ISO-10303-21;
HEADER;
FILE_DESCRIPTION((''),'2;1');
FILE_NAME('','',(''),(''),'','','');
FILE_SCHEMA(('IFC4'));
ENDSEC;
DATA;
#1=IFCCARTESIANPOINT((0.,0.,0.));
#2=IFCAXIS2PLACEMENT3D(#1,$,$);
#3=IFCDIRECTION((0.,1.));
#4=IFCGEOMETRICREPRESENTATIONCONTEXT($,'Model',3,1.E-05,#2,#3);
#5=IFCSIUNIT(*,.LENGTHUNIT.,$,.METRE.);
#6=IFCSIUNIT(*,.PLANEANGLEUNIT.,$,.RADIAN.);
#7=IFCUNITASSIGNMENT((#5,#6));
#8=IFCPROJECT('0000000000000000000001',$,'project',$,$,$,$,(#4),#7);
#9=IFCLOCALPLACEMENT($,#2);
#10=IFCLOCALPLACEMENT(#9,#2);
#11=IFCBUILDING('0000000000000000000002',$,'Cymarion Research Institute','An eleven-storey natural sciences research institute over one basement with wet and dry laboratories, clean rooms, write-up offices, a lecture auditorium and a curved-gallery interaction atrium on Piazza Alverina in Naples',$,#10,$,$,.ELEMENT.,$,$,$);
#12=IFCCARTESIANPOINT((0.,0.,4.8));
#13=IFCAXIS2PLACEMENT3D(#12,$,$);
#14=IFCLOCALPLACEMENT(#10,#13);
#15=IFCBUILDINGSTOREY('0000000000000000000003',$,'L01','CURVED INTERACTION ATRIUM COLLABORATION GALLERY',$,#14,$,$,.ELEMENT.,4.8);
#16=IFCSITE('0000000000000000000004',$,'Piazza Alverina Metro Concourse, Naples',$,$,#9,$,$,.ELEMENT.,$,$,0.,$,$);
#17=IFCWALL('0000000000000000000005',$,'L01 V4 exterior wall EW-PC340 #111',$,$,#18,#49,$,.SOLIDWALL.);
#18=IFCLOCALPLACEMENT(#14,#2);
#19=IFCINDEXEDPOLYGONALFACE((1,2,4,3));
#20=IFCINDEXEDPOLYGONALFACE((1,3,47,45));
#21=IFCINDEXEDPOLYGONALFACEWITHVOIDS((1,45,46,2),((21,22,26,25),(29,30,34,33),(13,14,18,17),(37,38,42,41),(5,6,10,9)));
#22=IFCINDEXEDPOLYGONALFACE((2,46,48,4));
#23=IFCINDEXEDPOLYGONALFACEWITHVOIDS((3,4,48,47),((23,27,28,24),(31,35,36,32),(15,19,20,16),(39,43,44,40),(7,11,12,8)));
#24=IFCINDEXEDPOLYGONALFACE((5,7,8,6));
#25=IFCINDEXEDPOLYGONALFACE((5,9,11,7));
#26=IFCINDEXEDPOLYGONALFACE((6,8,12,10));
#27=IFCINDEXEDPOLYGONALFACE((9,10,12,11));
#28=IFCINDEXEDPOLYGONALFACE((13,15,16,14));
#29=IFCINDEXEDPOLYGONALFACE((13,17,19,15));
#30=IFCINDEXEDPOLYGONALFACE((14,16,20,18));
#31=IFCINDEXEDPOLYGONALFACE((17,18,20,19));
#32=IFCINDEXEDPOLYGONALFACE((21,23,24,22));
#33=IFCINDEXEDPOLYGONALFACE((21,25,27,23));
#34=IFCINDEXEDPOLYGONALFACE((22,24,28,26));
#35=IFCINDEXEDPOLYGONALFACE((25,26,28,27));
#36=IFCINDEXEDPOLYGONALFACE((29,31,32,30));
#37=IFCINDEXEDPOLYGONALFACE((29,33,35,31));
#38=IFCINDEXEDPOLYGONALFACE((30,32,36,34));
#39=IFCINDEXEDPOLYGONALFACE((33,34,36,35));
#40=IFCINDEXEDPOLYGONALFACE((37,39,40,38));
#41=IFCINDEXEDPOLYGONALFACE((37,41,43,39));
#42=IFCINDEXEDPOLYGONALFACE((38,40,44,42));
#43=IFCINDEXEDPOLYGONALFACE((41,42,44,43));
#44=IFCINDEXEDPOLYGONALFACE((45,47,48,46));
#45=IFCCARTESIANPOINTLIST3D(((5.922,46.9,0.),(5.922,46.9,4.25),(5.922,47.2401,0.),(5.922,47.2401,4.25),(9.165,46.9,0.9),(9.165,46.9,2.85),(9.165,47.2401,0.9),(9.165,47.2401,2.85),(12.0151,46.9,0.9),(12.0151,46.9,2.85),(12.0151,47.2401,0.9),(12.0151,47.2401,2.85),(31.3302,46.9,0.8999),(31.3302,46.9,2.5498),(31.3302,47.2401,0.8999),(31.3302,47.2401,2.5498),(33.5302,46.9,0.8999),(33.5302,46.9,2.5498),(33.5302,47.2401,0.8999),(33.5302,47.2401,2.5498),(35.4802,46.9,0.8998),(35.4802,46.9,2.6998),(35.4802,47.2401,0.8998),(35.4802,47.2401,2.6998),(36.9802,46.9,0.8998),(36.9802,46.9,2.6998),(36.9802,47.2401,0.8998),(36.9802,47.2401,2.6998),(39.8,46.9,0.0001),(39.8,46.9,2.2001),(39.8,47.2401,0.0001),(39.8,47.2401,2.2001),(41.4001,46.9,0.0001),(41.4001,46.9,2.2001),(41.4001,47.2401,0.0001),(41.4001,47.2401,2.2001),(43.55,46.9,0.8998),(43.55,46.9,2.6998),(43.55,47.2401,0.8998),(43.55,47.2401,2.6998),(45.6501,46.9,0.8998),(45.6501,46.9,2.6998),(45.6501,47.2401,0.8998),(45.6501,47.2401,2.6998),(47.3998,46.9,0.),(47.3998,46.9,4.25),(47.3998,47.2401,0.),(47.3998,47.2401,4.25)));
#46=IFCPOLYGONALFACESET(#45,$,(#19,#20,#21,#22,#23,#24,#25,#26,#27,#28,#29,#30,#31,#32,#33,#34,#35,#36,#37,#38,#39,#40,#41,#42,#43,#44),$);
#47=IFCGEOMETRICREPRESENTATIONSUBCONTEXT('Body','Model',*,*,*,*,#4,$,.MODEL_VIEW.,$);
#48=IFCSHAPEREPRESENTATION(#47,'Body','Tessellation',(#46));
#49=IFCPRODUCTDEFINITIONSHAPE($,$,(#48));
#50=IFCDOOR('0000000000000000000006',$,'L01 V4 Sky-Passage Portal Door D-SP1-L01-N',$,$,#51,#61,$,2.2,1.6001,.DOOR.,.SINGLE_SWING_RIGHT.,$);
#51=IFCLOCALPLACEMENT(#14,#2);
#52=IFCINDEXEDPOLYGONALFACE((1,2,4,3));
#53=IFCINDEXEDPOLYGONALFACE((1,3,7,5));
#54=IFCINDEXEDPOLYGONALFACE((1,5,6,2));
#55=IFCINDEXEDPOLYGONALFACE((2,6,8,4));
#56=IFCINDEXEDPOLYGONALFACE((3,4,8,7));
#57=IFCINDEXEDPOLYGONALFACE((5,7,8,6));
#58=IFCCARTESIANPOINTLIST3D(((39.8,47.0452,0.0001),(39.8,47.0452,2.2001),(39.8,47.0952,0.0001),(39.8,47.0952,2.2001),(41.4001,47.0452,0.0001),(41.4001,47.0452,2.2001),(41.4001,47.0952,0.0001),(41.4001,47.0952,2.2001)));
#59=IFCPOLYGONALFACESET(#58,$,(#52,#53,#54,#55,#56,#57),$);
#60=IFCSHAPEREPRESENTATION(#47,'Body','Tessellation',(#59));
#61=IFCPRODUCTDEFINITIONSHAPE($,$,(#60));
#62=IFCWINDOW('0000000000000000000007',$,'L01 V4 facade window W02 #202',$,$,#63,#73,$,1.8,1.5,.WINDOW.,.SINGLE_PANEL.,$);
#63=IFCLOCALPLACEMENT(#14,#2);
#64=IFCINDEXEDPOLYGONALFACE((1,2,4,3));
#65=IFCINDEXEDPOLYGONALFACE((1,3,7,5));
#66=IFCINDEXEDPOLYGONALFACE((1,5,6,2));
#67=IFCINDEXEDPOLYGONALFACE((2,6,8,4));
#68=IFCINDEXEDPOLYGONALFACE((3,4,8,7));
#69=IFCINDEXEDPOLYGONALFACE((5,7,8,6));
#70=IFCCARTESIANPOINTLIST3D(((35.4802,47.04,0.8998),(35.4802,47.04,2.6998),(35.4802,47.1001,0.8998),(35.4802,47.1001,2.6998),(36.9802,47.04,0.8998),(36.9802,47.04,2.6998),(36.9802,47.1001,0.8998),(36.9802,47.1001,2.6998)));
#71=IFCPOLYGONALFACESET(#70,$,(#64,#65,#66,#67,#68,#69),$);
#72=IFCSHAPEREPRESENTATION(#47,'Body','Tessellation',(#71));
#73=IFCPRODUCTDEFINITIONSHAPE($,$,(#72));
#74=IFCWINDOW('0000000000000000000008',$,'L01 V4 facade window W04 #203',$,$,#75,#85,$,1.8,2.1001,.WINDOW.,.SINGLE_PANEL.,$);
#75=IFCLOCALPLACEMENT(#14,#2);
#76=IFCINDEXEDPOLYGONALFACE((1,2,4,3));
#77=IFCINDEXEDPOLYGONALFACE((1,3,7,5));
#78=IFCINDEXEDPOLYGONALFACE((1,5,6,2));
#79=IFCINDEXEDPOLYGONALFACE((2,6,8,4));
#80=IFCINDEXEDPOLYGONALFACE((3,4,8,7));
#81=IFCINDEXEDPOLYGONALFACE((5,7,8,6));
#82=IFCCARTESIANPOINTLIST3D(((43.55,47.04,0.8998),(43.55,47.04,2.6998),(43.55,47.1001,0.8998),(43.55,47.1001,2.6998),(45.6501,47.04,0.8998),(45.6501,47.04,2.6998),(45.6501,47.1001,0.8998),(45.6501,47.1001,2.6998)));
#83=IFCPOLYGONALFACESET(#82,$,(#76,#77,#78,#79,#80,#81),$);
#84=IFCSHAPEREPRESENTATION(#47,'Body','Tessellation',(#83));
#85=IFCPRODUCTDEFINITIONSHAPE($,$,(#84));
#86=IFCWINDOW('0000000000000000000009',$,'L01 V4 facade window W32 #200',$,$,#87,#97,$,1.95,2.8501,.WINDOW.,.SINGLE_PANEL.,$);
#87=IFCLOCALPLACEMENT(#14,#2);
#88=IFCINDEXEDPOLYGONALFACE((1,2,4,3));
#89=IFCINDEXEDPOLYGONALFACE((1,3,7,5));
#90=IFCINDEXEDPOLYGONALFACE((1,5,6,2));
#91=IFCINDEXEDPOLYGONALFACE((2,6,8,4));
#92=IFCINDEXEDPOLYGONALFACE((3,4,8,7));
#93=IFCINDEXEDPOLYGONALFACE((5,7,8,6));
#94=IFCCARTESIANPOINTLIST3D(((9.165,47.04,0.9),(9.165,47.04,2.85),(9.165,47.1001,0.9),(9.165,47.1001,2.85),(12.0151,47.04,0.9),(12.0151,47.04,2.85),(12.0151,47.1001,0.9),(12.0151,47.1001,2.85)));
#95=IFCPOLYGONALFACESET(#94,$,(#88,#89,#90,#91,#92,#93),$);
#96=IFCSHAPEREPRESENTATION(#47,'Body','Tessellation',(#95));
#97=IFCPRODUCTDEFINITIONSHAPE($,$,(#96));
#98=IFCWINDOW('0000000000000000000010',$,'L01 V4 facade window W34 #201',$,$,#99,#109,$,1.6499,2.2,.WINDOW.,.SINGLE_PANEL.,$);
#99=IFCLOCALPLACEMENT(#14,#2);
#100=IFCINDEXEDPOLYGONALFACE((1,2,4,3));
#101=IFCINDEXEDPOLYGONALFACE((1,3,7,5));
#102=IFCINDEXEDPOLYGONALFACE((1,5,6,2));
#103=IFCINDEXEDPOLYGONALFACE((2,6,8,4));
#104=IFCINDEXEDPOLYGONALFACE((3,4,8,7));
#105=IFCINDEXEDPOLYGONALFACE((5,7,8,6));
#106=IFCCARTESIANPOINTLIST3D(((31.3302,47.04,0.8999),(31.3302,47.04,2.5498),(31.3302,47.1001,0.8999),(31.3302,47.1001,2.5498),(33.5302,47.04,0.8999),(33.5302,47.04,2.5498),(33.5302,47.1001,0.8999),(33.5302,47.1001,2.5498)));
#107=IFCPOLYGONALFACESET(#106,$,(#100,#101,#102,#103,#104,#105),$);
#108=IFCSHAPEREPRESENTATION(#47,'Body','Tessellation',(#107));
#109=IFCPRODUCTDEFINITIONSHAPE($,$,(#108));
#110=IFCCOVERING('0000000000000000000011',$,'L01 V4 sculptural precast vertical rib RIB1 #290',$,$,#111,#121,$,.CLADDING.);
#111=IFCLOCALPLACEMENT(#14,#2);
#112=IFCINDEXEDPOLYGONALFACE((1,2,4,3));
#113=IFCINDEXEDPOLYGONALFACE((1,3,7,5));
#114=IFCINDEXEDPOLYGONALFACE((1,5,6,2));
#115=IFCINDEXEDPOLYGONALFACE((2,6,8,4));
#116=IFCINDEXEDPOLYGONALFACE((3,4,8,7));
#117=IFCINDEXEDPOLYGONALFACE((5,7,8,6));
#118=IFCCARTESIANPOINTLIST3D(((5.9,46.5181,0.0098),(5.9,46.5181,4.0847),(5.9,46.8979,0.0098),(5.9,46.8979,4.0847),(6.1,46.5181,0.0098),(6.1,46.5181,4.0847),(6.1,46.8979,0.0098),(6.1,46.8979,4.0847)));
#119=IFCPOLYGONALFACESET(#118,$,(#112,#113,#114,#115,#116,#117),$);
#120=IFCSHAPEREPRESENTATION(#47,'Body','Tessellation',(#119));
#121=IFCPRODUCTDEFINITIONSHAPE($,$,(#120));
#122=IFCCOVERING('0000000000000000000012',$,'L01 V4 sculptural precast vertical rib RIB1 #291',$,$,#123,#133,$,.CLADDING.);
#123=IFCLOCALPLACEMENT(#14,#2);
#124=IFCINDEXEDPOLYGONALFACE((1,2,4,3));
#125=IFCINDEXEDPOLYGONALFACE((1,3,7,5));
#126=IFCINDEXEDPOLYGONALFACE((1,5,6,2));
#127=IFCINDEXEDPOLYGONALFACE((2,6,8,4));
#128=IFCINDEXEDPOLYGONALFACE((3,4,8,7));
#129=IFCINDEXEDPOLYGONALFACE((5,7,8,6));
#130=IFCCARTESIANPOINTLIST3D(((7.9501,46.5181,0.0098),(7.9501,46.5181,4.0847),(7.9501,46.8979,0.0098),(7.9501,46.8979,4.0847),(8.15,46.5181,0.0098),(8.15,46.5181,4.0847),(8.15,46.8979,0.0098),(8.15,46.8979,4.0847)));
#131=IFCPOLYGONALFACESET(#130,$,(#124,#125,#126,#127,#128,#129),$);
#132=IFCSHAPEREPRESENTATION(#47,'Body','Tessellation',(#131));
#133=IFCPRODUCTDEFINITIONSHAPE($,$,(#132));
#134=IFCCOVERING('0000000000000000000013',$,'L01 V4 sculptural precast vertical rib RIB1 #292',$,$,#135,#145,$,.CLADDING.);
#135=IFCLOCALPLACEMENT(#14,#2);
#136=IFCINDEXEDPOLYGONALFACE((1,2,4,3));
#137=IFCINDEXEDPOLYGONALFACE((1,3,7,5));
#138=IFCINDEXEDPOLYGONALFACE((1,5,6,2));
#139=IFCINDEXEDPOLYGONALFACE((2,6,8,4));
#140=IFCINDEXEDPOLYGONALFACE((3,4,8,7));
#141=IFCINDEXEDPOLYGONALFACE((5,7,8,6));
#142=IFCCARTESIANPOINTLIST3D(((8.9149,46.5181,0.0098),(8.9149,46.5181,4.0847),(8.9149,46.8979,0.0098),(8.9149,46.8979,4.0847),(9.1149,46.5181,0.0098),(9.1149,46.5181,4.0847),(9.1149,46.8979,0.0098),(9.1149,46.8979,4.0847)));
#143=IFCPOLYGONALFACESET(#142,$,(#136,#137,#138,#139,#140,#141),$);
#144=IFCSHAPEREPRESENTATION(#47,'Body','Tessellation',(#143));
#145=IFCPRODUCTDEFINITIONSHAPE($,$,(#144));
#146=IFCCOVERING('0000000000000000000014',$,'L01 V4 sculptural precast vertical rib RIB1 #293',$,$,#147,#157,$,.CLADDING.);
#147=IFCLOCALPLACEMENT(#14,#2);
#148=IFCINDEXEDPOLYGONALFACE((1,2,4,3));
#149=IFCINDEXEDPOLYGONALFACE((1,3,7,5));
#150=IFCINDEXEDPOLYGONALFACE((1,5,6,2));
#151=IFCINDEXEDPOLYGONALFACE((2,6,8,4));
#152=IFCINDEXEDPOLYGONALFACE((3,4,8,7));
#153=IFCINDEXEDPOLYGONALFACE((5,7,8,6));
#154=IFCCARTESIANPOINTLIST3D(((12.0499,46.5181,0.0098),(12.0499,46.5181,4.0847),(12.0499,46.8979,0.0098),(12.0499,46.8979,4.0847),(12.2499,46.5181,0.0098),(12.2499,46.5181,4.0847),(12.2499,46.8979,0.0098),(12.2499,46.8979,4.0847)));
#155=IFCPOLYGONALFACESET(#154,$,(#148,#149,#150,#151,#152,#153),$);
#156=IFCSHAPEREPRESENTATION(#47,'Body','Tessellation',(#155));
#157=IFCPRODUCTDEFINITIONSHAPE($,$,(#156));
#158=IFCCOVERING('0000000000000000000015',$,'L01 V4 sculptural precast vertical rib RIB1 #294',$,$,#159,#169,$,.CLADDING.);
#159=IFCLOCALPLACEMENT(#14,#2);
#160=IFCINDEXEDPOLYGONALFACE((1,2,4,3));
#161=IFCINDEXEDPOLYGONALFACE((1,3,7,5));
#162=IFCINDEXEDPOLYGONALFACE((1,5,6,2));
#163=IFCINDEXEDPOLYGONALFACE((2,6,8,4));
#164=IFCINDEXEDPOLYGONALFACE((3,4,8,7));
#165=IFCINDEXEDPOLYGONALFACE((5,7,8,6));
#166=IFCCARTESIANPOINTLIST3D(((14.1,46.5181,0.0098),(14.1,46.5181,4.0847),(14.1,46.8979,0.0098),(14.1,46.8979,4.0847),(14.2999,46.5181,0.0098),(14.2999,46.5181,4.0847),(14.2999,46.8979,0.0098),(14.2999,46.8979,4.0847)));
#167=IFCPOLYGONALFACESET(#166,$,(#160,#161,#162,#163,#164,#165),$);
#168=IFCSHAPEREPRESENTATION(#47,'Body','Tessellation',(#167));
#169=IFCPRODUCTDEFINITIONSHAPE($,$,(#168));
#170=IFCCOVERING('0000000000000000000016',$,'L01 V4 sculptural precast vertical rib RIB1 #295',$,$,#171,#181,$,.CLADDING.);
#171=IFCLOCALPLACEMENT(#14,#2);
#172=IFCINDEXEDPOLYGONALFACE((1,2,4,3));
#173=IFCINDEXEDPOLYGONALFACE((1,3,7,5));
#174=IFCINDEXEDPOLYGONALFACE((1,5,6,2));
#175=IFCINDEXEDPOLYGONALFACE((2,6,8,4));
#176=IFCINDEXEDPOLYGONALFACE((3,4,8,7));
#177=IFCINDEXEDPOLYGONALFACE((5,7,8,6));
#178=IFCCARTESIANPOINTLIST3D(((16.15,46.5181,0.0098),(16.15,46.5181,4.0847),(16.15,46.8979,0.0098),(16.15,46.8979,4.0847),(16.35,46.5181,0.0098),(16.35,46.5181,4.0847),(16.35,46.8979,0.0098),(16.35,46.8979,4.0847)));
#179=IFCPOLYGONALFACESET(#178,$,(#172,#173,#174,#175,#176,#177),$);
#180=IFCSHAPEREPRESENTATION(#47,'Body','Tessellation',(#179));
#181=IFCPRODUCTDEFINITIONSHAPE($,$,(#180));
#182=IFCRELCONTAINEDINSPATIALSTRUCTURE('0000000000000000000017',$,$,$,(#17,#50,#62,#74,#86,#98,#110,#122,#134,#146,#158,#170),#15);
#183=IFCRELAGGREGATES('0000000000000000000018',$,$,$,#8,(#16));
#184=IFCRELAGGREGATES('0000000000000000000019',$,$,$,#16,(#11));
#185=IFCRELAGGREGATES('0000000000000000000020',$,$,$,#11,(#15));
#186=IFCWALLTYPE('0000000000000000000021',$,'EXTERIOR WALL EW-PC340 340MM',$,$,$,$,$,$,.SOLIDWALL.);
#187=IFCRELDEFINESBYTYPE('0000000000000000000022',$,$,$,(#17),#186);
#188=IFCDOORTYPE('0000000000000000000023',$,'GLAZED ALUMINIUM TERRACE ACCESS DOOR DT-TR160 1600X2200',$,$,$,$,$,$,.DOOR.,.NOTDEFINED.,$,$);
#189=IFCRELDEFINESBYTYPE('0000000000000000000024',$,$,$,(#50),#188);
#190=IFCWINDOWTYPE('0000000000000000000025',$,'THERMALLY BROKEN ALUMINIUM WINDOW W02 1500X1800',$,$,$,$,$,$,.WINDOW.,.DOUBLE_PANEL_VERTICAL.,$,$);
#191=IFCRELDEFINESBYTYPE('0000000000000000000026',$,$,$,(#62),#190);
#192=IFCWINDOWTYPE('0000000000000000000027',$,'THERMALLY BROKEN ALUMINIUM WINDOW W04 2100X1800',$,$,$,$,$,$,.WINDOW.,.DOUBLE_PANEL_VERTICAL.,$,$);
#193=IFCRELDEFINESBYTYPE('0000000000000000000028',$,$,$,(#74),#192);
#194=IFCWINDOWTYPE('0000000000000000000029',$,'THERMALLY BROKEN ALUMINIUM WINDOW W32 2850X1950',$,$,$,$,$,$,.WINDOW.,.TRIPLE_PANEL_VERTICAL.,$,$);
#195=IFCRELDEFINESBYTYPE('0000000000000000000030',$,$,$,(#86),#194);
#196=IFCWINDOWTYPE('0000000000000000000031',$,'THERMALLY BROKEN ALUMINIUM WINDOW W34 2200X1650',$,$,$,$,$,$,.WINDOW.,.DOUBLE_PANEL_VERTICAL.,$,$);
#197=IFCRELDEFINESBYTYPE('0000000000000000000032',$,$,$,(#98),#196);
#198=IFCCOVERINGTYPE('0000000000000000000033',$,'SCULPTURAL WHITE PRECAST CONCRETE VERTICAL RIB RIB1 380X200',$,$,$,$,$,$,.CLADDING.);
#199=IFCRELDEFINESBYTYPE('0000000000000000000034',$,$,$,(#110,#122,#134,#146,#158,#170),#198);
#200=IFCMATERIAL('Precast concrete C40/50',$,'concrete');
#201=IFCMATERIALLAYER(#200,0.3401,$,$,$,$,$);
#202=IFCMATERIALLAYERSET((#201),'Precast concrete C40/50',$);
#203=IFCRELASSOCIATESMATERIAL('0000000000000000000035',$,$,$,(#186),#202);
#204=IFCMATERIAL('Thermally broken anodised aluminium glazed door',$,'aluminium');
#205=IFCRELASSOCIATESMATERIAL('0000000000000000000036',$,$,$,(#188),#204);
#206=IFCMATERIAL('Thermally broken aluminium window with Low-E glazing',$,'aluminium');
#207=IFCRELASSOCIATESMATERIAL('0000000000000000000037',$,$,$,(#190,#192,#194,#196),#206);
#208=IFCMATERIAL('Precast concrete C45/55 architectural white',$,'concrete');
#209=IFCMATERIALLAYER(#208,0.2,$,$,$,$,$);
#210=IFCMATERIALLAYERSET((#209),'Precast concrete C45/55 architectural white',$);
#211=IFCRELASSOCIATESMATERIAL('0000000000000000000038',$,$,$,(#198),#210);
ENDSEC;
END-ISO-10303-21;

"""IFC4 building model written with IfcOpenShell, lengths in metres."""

from ifc_helpers import new_model, si_unit, direction, frame, frame_2d, origin, origin_2d, place, context, subcontext, project, spatial, rectangle, extrude, material, layer, layer_set, type_object, element, fill, save


model = new_model("IFC4")

# Units and contexts
model_context = context("Model", 3, precision=1e-05, world=origin(), true_north=direction((0.0, 1.0)))
body_context = subcontext(model_context, "Body", "Model", "MODEL_VIEW")
ifc_project = project(units=[si_unit("LENGTHUNIT", "METRE"), si_unit("PLANEANGLEUNIT", "RADIAN")], contexts=[model_context])

# Site, building, storey
site_placement = place(None, origin())
site = spatial("IfcSite", under=ifc_project, at=site_placement, Name="Piazza Alverina Metro Concourse, Naples", CompositionType="ELEMENT", RefElevation=0.0)
building_placement = place(site_placement, origin())
building = spatial("IfcBuilding", under=site, at=building_placement, Name="Cymarion Research Institute", Description="An eleven-storey natural sciences research institute over one basement with wet and dry laboratories, clean rooms, write-up offices, a lecture auditorium and a curved-gallery interaction atrium on Piazza Alverina in Naples", CompositionType="ELEMENT")
storey_placement = place(building_placement, frame((0.0, 0.0, 4.8)))
storey = spatial("IfcBuildingStorey", under=building, at=storey_placement, Name="L01", Description="CURVED INTERACTION ATRIUM COLLABORATION GALLERY", CompositionType="ELEMENT", Elevation=4.8)

# Wall, openings, door, windows
ifc_material_1 = material(Name="Precast concrete C40/50", Category="concrete")
ifc_layer_1 = layer(ifc_material_1, 0.3401)
ifc_layer_set_1 = layer_set([ifc_layer_1], Name="Precast concrete C40/50")
wall_type = type_object("IfcWallType", Name="EXTERIOR WALL EW-PC340 340MM", PredefinedType="SOLIDWALL", material=ifc_layer_set_1)
wall_placement = place(storey_placement, frame((5.9221, 47.0701, 0.0), z_axis=(0.0, 0.0, 1.0), x_axis=(1.0, 0.0, 0.0)))
wall = element("IfcWall", 1, at=wall_placement, inside=storey, type_object=wall_type, Name="L01 V4 exterior wall EW-PC340 #111", PredefinedType="SOLIDWALL", context=body_context, shape_type="SweptSolid", body=[
    extrude(rectangle(XDim=41.4778, YDim=0.3401, at=frame_2d((20.7388, 0.0))), origin(), (0.0, 0.0, 1.0), 4.25),
])
opening_1_placement = place(wall_placement, frame((33.8779, 0.0, 0.0)))
opening_1 = element("IfcOpeningElement", 2, at=opening_1_placement, cuts=wall, PredefinedType="OPENING", context=body_context, shape_type="SweptSolid", body=[
    extrude(rectangle(XDim=1.6001, YDim=2.2, at=frame_2d((0.8, 1.1001))), frame((0.0, 0.1799, 0.0), z_axis=(0.0, -1.0, 0.0), x_axis=(1.0, 0.0, 0.0)), (0.0, 0.0, 1.0), 0.3601),
])
opening_2_placement = place(wall_placement, frame((3.2429, 0.0, 0.8999)))
opening_2 = element("IfcOpeningElement", 3, at=opening_2_placement, cuts=wall, PredefinedType="OPENING", context=body_context, shape_type="SweptSolid", body=[
    extrude(rectangle(XDim=2.8501, YDim=1.95, at=frame_2d((1.425, 0.9751))), frame((0.0, 0.1799, 0.0), z_axis=(0.0, -1.0, 0.0), x_axis=(1.0, 0.0, 0.0)), (0.0, 0.0, 1.0), 0.3601),
])
opening_3_placement = place(wall_placement, frame((25.408, 0.0, 0.8999)))
opening_3 = element("IfcOpeningElement", 4, at=opening_3_placement, cuts=wall, PredefinedType="OPENING", context=body_context, shape_type="SweptSolid", body=[
    extrude(rectangle(XDim=2.2, YDim=1.6499, at=frame_2d((1.1001, 0.825))), frame((0.0, 0.1799, 0.0), z_axis=(0.0, -1.0, 0.0), x_axis=(1.0, 0.0, 0.0)), (0.0, 0.0, 1.0), 0.3601),
])
opening_4_placement = place(wall_placement, frame((29.5581, 0.0, 0.8999)))
opening_4 = element("IfcOpeningElement", 5, at=opening_4_placement, cuts=wall, PredefinedType="OPENING", context=body_context, shape_type="SweptSolid", body=[
    extrude(rectangle(XDim=1.5, YDim=1.8, at=frame_2d((0.75, 0.8999))), frame((0.0, 0.1799, 0.0), z_axis=(0.0, -1.0, 0.0), x_axis=(1.0, 0.0, 0.0)), (0.0, 0.0, 1.0), 0.3601),
])
opening_5_placement = place(wall_placement, frame((37.6279, 0.0, 0.8999)))
opening_5 = element("IfcOpeningElement", 6, at=opening_5_placement, cuts=wall, PredefinedType="OPENING", context=body_context, shape_type="SweptSolid", body=[
    extrude(rectangle(XDim=2.1001, YDim=1.8, at=frame_2d((1.05, 0.8999))), frame((0.0, 0.1799, 0.0), z_axis=(0.0, -1.0, 0.0), x_axis=(1.0, 0.0, 0.0)), (0.0, 0.0, 1.0), 0.3601),
])
ifc_material_2 = material(Name="Thermally broken anodised aluminium glazed door", Category="aluminium")
door_type = type_object("IfcDoorType", Name="GLAZED ALUMINIUM TERRACE ACCESS DOOR DT-TR160 1600X2200", OperationType="NOTDEFINED", PredefinedType="DOOR", material=ifc_material_2)
door_placement = place(opening_1_placement, frame((1.6001, 0.0, 0.0), z_axis=(0.0, 0.0, 1.0), x_axis=(-1.0, 0.0, 0.0)))
door = element("IfcDoor", 7, at=door_placement, inside=storey, type_object=door_type, Name="L01 V4 Sky-Passage Portal Door D-SP1-L01-N", OperationType="SINGLE_SWING_RIGHT", OverallHeight=2.2, OverallWidth=1.6001, PredefinedType="DOOR", context=body_context, shape_type="SweptSolid", body=[
    extrude(rectangle(XDim=1.6001, YDim=2.2, at=frame_2d((0.8, 1.1001))), frame((0.0, 0.0249, 0.0), z_axis=(0.0, -1.0, 0.0), x_axis=(1.0, 0.0, 0.0)), (0.0, 0.0, 1.0), 0.05),
])
fill(opening_1, door)
ifc_material_3 = material(Name="Thermally broken aluminium window with Low-E glazing", Category="aluminium")
window_type_1 = type_object("IfcWindowType", Name="THERMALLY BROKEN ALUMINIUM WINDOW W02 1500X1800", PartitioningType="DOUBLE_PANEL_VERTICAL", PredefinedType="WINDOW", material=ifc_material_3)
window_1_placement = place(opening_4_placement, origin())
window_1 = element("IfcWindow", 8, at=window_1_placement, inside=storey, type_object=window_type_1, Name="L01 V4 facade window W02 #202", OverallHeight=1.8, OverallWidth=1.5, PartitioningType="SINGLE_PANEL", PredefinedType="WINDOW", context=body_context, shape_type="SweptSolid", body=[
    extrude(rectangle(XDim=1.5, YDim=1.8, at=frame_2d((0.75, 0.8999))), frame((0.0, 0.03, 0.0), z_axis=(0.0, -1.0, 0.0), x_axis=(1.0, 0.0, 0.0)), (0.0, 0.0, 1.0), 0.0601),
])
fill(opening_4, window_1)
window_type_2 = type_object("IfcWindowType", Name="THERMALLY BROKEN ALUMINIUM WINDOW W04 2100X1800", PartitioningType="DOUBLE_PANEL_VERTICAL", PredefinedType="WINDOW", material=ifc_material_3)
window_2_placement = place(opening_5_placement, origin())
window_2 = element("IfcWindow", 9, at=window_2_placement, inside=storey, type_object=window_type_2, Name="L01 V4 facade window W04 #203", OverallHeight=1.8, OverallWidth=2.1001, PartitioningType="SINGLE_PANEL", PredefinedType="WINDOW", context=body_context, shape_type="SweptSolid", body=[
    extrude(rectangle(XDim=2.1001, YDim=1.8, at=frame_2d((1.05, 0.8999))), frame((0.0, 0.03, 0.0), z_axis=(0.0, -1.0, 0.0), x_axis=(1.0, 0.0, 0.0)), (0.0, 0.0, 1.0), 0.0601),
])
fill(opening_5, window_2)
window_type_3 = type_object("IfcWindowType", Name="THERMALLY BROKEN ALUMINIUM WINDOW W32 2850X1950", PartitioningType="TRIPLE_PANEL_VERTICAL", PredefinedType="WINDOW", material=ifc_material_3)
window_3_placement = place(opening_2_placement, origin())
window_3 = element("IfcWindow", 10, at=window_3_placement, inside=storey, type_object=window_type_3, Name="L01 V4 facade window W32 #200", OverallHeight=1.95, OverallWidth=2.8501, PartitioningType="SINGLE_PANEL", PredefinedType="WINDOW", context=body_context, shape_type="SweptSolid", body=[
    extrude(rectangle(XDim=2.8501, YDim=1.95, at=frame_2d((1.425, 0.9751))), frame((0.0, 0.03, 0.0), z_axis=(0.0, -1.0, 0.0), x_axis=(1.0, 0.0, 0.0)), (0.0, 0.0, 1.0), 0.0601),
])
fill(opening_2, window_3)
window_type_4 = type_object("IfcWindowType", Name="THERMALLY BROKEN ALUMINIUM WINDOW W34 2200X1650", PartitioningType="DOUBLE_PANEL_VERTICAL", PredefinedType="WINDOW", material=ifc_material_3)
window_4_placement = place(opening_3_placement, origin())
window_4 = element("IfcWindow", 11, at=window_4_placement, inside=storey, type_object=window_type_4, Name="L01 V4 facade window W34 #201", OverallHeight=1.6499, OverallWidth=2.2, PartitioningType="SINGLE_PANEL", PredefinedType="WINDOW", context=body_context, shape_type="SweptSolid", body=[
    extrude(rectangle(XDim=2.2, YDim=1.6499, at=frame_2d((1.1001, 0.825))), frame((0.0, 0.03, 0.0), z_axis=(0.0, -1.0, 0.0), x_axis=(1.0, 0.0, 0.0)), (0.0, 0.0, 1.0), 0.0601),
])
fill(opening_3, window_4)

# Coverings
ifc_material_4 = material(Name="Precast concrete C45/55 architectural white", Category="concrete")
ifc_layer_2 = layer(ifc_material_4, 0.2)
ifc_layer_set_2 = layer_set([ifc_layer_2], Name="Precast concrete C45/55 architectural white")
covering_type = type_object("IfcCoveringType", Name="SCULPTURAL WHITE PRECAST CONCRETE VERTICAL RIB RIB1 380X200", PredefinedType="CLADDING", material=ifc_layer_set_2)
for number, where, z_axis, x_axis, name in (
    (12, (6.0, 46.708, 0.0098), (0.0, 0.0, 1.0), (0.0, -1.0, 0.0), "L01 V4 sculptural precast vertical rib RIB1 #290"),
    (13, (8.05, 46.708, 0.0098), (0.0, 0.0, 1.0), (0.0, -1.0, 0.0), "L01 V4 sculptural precast vertical rib RIB1 #291"),
    (14, (9.0149, 46.708, 0.0098), (0.0, 0.0, 1.0), (0.0, -1.0, 0.0), "L01 V4 sculptural precast vertical rib RIB1 #292"),
    (15, (12.1499, 46.708, 0.0098), (0.0, 0.0, 1.0), (0.0, -1.0, 0.0), "L01 V4 sculptural precast vertical rib RIB1 #293"),
    (16, (14.2, 46.708, 0.0098), (0.0, 0.0, 1.0), (0.0, -1.0, 0.0), "L01 V4 sculptural precast vertical rib RIB1 #294"),
    (17, (16.25, 46.708, 0.0098), (0.0, 0.0, 1.0), (0.0, -1.0, 0.0), "L01 V4 sculptural precast vertical rib RIB1 #295"),
):
    element("IfcCovering", number, at=place(storey_placement, frame(where, z_axis=z_axis, x_axis=x_axis)), inside=storey, type_object=covering_type, Name=name, PredefinedType="CLADDING", context=body_context, shape_type="SweptSolid", body=[
        extrude(rectangle(XDim=0.3799, YDim=0.2, at=origin_2d()), origin(), (0.0, 0.0, 1.0), 4.075),
    ])

save(model, "model.ifc")
